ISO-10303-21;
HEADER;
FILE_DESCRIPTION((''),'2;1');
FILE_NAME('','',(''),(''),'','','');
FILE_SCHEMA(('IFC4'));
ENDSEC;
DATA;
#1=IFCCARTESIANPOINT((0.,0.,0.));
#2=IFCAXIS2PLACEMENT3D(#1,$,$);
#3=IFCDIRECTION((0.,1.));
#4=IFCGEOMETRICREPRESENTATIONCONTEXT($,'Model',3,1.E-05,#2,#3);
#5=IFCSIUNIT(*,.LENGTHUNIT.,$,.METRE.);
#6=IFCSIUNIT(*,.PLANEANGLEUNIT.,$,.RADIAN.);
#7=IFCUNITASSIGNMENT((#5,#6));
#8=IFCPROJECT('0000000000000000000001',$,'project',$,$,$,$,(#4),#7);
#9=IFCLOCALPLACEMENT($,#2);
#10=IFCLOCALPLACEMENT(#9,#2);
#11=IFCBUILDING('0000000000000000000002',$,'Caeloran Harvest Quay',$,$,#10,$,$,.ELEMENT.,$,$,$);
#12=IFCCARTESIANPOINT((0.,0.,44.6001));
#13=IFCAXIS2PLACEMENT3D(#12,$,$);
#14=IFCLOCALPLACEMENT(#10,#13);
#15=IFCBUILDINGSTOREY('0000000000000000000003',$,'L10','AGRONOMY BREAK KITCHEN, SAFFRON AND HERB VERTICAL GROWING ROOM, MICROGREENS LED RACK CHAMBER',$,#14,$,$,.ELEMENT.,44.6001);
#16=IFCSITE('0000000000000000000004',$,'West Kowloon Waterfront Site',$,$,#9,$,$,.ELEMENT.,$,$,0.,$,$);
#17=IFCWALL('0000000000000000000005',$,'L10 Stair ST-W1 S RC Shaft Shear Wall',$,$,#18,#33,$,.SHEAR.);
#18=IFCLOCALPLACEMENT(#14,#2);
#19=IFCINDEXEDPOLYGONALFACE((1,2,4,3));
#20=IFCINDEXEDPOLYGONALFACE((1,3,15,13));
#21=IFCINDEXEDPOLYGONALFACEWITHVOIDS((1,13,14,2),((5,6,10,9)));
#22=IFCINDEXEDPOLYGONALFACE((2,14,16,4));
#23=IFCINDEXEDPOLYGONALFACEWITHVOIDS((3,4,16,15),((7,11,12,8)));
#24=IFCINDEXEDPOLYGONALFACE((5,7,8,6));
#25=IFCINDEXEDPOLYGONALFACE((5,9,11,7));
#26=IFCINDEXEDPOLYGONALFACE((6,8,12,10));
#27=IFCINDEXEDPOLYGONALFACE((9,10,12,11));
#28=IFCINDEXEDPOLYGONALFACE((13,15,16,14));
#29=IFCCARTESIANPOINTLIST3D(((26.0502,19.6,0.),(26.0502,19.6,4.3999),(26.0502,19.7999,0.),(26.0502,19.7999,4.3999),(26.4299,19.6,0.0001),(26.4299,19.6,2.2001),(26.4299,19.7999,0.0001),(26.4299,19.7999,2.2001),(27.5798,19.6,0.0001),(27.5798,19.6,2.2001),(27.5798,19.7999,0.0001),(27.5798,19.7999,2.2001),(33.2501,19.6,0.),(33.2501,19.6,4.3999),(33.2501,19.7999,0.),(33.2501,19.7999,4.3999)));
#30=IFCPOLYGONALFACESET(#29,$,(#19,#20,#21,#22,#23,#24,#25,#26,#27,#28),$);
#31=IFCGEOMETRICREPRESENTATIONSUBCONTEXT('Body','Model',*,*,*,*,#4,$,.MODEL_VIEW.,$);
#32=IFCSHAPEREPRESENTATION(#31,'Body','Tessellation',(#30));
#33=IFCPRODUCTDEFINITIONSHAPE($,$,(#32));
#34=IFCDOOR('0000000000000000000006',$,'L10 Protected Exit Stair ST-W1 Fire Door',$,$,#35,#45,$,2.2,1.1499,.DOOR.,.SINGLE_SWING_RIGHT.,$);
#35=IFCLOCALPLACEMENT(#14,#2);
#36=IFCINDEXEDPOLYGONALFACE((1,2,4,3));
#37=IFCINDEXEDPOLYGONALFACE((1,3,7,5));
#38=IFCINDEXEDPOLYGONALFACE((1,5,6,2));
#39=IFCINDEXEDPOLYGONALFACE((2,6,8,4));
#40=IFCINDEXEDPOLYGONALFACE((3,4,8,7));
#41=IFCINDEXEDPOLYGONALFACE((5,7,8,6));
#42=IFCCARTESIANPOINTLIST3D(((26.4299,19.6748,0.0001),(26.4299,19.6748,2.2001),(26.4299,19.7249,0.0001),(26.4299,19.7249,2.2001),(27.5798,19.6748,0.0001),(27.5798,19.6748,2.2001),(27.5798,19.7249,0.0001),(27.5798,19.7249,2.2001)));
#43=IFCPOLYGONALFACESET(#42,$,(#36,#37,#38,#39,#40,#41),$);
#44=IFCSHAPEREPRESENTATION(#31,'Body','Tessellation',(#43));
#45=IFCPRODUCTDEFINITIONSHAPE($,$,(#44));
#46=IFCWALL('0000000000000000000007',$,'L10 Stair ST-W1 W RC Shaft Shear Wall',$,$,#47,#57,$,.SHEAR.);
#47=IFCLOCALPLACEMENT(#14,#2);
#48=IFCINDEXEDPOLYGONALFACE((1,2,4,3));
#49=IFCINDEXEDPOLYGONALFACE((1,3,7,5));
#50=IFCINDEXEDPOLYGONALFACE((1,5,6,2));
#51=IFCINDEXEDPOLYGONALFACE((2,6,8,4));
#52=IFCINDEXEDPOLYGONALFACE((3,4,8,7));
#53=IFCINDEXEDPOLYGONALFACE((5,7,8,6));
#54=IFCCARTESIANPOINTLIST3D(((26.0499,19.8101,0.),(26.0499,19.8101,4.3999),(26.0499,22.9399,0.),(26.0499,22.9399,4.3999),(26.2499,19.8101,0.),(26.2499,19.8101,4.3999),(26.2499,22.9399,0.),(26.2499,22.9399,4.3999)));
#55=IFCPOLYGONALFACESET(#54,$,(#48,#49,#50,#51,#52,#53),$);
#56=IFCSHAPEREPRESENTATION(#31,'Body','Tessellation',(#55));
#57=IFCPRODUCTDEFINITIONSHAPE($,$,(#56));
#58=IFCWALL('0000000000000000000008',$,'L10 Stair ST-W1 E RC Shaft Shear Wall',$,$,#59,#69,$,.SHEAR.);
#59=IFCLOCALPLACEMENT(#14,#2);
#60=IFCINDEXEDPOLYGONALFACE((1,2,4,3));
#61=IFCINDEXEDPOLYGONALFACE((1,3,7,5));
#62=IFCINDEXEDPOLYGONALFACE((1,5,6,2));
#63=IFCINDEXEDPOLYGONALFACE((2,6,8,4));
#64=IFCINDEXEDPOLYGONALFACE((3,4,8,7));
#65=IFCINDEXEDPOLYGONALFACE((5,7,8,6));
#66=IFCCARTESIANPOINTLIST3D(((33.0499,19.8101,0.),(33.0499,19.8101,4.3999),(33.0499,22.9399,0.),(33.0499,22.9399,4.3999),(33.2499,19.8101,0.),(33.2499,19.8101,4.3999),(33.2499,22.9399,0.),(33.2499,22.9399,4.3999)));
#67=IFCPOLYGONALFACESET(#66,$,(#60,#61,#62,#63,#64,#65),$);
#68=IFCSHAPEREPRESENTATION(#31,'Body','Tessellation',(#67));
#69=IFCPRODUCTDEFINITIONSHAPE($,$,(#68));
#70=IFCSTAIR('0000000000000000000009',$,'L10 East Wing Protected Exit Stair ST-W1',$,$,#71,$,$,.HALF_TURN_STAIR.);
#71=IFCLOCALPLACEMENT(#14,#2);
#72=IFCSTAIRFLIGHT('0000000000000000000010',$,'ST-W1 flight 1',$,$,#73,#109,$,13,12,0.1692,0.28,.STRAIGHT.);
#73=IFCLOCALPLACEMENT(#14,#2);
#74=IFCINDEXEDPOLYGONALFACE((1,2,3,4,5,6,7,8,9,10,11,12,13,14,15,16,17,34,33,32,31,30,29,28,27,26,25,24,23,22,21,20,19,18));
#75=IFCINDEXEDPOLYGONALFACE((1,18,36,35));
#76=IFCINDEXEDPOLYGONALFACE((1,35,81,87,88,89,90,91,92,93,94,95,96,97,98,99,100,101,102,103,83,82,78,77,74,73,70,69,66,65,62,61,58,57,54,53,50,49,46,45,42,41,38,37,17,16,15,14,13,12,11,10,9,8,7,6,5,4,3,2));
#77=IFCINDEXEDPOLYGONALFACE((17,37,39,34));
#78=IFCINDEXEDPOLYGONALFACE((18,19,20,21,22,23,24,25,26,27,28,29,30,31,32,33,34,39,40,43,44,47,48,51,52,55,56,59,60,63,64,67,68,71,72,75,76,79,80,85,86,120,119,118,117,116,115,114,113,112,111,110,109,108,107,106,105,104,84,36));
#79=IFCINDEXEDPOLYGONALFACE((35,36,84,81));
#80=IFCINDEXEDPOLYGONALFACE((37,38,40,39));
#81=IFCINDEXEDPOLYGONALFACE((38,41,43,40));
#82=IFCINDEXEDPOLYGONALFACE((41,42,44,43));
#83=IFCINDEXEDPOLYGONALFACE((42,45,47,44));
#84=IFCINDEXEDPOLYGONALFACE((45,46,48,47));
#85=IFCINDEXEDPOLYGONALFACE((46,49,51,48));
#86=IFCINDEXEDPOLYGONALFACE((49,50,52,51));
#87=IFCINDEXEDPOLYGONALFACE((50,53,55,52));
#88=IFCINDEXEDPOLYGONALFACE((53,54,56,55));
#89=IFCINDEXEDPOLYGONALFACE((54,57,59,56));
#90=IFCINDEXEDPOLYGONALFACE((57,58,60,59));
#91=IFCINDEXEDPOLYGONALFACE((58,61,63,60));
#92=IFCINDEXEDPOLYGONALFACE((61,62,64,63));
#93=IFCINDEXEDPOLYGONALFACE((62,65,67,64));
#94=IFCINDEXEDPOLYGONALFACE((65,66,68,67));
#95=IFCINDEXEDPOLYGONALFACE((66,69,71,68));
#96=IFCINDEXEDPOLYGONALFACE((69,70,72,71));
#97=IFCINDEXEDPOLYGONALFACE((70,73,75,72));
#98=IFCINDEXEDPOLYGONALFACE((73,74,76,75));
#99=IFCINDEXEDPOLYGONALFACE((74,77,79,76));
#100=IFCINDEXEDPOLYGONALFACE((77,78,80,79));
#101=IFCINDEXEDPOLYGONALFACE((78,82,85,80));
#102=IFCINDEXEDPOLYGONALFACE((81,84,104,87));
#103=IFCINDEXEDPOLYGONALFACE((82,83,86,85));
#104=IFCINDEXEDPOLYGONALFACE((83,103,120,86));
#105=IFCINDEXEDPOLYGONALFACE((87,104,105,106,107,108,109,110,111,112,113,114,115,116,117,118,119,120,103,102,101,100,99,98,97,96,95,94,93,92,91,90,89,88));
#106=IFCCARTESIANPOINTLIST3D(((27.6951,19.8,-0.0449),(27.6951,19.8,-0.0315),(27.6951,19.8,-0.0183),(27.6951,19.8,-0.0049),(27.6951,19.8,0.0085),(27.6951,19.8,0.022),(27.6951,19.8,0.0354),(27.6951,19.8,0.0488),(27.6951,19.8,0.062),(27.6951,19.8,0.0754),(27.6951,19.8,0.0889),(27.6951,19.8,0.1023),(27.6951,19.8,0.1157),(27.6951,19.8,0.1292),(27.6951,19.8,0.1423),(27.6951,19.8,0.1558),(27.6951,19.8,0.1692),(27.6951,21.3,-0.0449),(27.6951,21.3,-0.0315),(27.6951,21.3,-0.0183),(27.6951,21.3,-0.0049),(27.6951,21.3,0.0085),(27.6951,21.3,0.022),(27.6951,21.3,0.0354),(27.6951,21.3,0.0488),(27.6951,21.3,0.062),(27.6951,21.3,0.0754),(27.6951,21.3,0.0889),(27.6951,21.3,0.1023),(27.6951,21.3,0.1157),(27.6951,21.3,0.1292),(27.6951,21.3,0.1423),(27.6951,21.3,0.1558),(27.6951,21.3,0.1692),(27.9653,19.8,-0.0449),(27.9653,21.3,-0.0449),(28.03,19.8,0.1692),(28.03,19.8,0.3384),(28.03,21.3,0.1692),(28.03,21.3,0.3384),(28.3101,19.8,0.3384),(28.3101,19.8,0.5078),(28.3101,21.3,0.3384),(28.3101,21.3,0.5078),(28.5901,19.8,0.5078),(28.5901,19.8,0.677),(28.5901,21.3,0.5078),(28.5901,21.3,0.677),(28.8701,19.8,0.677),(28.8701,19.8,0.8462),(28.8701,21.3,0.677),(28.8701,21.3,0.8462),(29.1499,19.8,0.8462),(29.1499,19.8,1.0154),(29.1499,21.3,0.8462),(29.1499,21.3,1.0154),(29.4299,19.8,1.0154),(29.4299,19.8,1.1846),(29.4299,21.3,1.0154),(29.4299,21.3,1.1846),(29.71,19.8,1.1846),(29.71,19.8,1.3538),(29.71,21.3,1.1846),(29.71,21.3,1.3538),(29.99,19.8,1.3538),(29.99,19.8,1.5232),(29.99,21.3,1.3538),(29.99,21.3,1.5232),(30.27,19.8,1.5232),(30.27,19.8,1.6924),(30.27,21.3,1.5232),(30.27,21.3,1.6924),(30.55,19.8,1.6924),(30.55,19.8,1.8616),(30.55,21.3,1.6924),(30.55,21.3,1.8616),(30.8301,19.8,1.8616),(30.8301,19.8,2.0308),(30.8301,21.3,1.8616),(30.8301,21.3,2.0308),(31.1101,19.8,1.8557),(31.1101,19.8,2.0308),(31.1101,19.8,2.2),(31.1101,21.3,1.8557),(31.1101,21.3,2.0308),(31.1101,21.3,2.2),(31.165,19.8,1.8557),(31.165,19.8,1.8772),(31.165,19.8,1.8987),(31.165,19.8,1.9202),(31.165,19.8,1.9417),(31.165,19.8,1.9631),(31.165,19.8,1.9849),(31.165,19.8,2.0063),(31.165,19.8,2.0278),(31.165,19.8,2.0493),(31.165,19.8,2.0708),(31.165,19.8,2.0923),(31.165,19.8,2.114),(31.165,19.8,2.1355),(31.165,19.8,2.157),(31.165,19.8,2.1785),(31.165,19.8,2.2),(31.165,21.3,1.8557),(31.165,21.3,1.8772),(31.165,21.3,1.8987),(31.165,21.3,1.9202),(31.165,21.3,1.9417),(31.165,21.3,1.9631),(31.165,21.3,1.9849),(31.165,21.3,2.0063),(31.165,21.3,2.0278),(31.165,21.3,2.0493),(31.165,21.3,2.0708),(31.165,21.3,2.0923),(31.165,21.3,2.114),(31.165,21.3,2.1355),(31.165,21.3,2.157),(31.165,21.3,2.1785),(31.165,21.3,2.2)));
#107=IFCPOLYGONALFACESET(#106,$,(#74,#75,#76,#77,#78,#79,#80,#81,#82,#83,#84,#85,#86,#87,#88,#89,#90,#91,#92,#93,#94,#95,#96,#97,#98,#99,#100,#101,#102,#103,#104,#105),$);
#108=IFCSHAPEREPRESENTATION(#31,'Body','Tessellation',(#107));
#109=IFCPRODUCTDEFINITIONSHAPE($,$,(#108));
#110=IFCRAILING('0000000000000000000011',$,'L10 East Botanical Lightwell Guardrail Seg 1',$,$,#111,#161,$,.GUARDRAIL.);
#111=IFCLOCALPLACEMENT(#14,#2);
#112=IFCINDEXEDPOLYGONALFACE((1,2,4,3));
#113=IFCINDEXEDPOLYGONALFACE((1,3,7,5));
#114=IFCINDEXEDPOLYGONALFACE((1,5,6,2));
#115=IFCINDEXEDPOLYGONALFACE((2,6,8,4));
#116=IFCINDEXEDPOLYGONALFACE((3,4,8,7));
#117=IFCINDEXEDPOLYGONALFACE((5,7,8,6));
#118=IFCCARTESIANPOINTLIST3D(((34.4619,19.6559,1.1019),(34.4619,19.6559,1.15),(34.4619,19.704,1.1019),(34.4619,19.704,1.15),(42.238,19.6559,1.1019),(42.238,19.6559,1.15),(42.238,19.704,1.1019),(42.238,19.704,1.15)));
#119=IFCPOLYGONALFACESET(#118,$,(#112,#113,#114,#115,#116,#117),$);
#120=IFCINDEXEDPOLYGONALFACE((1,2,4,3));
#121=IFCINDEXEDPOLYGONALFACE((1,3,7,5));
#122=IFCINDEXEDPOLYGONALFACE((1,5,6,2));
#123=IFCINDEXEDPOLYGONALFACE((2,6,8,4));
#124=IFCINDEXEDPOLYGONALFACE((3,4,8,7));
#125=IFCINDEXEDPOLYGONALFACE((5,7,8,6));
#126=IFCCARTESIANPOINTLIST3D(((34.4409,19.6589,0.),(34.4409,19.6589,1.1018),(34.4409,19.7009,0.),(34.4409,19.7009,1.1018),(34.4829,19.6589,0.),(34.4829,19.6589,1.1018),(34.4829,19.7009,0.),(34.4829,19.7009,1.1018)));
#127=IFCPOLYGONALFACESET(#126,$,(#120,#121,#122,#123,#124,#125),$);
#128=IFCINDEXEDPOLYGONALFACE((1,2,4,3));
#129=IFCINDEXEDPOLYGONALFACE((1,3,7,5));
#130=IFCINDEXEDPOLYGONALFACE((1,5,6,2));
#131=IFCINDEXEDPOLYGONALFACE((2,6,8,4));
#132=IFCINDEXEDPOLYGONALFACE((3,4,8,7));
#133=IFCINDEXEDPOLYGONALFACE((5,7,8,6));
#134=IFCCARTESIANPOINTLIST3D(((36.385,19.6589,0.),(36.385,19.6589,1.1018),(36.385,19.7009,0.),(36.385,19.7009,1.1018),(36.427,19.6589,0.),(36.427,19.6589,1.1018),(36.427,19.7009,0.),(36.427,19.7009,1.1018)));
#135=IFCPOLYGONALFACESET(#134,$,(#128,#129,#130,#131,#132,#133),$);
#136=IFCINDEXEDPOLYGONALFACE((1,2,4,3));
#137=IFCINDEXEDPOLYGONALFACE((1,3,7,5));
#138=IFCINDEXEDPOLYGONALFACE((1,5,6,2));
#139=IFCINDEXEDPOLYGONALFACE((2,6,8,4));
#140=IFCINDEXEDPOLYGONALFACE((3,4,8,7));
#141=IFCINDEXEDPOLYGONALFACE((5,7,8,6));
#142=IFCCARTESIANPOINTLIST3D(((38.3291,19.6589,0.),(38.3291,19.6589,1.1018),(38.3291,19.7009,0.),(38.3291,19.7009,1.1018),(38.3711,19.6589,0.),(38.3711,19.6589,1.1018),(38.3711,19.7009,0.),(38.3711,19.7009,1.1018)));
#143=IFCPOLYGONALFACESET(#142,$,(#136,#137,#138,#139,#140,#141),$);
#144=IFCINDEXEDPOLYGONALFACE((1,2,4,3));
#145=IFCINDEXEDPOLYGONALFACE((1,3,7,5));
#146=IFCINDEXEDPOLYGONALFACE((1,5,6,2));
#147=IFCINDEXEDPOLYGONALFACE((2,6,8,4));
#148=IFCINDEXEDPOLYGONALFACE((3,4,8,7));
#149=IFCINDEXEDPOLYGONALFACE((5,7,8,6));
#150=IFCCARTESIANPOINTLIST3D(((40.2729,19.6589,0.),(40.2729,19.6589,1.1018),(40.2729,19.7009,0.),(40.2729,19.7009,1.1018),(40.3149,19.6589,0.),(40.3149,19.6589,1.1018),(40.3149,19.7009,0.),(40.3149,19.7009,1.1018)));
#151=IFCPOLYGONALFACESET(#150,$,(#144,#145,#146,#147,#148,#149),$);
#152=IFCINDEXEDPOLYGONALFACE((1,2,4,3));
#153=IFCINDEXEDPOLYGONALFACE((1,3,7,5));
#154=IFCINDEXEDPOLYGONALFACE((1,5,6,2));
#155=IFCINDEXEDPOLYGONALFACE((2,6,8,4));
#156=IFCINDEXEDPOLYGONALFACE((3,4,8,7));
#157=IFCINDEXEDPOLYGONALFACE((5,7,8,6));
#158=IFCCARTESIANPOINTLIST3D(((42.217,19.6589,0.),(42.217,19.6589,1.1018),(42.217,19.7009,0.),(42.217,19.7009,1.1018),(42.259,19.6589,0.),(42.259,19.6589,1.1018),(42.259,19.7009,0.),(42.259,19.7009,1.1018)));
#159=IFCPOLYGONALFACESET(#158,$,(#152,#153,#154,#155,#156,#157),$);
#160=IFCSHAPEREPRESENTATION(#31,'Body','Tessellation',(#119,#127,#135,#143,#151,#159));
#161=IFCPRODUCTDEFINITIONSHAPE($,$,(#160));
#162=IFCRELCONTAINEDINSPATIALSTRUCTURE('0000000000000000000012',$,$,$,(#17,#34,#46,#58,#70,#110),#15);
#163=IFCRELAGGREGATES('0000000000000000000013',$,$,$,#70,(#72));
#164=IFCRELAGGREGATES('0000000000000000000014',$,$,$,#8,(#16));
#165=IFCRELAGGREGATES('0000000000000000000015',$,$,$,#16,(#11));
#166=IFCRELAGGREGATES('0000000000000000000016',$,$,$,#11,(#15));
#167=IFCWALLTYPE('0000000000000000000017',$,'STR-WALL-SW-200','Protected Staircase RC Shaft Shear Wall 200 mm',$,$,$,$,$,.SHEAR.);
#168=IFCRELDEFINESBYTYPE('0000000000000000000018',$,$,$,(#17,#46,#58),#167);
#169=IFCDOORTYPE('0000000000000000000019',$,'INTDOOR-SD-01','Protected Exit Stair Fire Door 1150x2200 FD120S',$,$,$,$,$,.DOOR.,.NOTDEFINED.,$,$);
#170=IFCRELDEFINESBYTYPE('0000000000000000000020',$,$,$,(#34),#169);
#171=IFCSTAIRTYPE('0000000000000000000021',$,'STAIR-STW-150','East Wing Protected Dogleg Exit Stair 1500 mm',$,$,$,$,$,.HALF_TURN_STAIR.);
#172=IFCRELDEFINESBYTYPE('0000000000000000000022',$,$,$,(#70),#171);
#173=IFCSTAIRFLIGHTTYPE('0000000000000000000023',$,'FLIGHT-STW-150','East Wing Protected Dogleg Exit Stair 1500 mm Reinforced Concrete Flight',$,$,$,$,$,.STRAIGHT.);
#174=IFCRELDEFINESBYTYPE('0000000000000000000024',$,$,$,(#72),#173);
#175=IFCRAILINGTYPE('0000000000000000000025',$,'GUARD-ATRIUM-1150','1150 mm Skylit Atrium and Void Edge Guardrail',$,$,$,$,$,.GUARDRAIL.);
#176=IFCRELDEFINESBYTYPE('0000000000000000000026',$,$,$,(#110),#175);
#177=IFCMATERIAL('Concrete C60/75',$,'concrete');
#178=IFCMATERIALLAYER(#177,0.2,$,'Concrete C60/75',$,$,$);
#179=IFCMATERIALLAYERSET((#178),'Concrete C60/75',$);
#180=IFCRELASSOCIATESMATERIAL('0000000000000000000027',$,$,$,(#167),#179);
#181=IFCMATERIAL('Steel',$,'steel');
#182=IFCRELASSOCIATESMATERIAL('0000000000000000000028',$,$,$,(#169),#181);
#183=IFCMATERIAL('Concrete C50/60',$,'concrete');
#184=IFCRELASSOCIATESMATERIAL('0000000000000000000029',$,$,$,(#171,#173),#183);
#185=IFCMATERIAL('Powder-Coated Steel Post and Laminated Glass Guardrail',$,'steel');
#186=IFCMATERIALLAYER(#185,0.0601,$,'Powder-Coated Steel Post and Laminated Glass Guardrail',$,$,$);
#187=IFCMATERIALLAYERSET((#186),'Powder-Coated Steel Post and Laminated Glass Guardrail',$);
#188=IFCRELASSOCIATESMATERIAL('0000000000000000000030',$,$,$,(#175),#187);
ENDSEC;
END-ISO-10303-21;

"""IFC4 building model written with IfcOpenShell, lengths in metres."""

from ifc_helpers import new_model, si_unit, direction, frame, frame_2d, origin, origin_2d, place, context, subcontext, project, spatial, polyline, rectangle, outline, extrude, material, layer, layer_set, type_object, element, fill, aggregate, save


model = new_model("IFC4")

# Units and contexts
model_context = context("Model", 3, precision=1e-05, world=origin(), true_north=direction((0.0, 1.0)))
body_context = subcontext(model_context, "Body", "Model", "MODEL_VIEW")
ifc_project = project(units=[si_unit("LENGTHUNIT", "METRE"), si_unit("PLANEANGLEUNIT", "RADIAN")], contexts=[model_context])

# Site, building, storey
site_placement = place(None, origin())
site = spatial("IfcSite", under=ifc_project, at=site_placement, Name="West Kowloon Waterfront Site", CompositionType="ELEMENT", RefElevation=0.0)
building_placement = place(site_placement, origin())
building = spatial("IfcBuilding", under=site, at=building_placement, Name="Caeloran Harvest Quay", CompositionType="ELEMENT")
storey_placement = place(building_placement, frame((0.0, 0.0, 44.6001)))
storey = spatial("IfcBuildingStorey", under=building, at=storey_placement, Name="L10", Description="AGRONOMY BREAK KITCHEN, SAFFRON AND HERB VERTICAL GROWING ROOM, MICROGREENS LED RACK CHAMBER", CompositionType="ELEMENT", Elevation=44.6001)

# Wall, opening, door
ifc_material_1 = material(Name="Concrete C60/75", Category="concrete")
ifc_layer_1 = layer(ifc_material_1, 0.2, Name="Concrete C60/75")
ifc_layer_set_1 = layer_set([ifc_layer_1], Name="Concrete C60/75")
wall_type_1 = type_object("IfcWallType", Name="STR-WALL-SW-200", Description="Protected Staircase RC Shaft Shear Wall 200 mm", PredefinedType="SHEAR", material=ifc_layer_set_1)
wall_1_placement = place(storey_placement, frame((26.05, 19.7, 0.0), z_axis=(0.0, 0.0, 1.0), x_axis=(1.0, 0.0, 0.0)))
wall_1 = element("IfcWall", 1, at=wall_1_placement, inside=storey, type_object=wall_type_1, Name="L10 Stair ST-W1 S RC Shaft Shear Wall", PredefinedType="SHEAR", context=body_context, shape_type="SweptSolid", body=[
    extrude(rectangle(XDim=7.2, YDim=0.2, at=frame_2d((3.6001, 0.0))), origin(), (0.0, 0.0, 1.0), 4.3999),
])
opening_1_placement = place(wall_1_placement, frame((0.3799, 0.0, 0.0)))
opening_1 = element("IfcOpeningElement", 2, at=opening_1_placement, cuts=wall_1, PredefinedType="OPENING", context=body_context, shape_type="SweptSolid", body=[
    extrude(rectangle(XDim=1.1499, YDim=2.2, at=frame_2d((0.575, 1.1001))), frame((0.0, 0.1099, 0.0), z_axis=(0.0, -1.0, 0.0), x_axis=(1.0, 0.0, 0.0)), (0.0, 0.0, 1.0), 0.22),
])
ifc_material_2 = material(Name="Steel", Category="steel")
door_type_1 = type_object("IfcDoorType", Name="INTDOOR-SD-01", Description="Protected Exit Stair Fire Door 1150x2200 FD120S", OperationType="NOTDEFINED", PredefinedType="DOOR", material=ifc_material_2)
door_1_placement = place(opening_1_placement, origin())
door_1 = element("IfcDoor", 3, at=door_1_placement, inside=storey, type_object=door_type_1, Name="L10 Protected Exit Stair ST-W1 Fire Door", OperationType="SINGLE_SWING_RIGHT", OverallHeight=2.2, OverallWidth=1.1499, PredefinedType="DOOR", context=body_context, shape_type="SweptSolid", body=[
    extrude(rectangle(XDim=1.1499, YDim=2.2, at=frame_2d((0.575, 1.1001))), frame((0.0, 0.0249, 0.0), z_axis=(0.0, -1.0, 0.0), x_axis=(1.0, 0.0, 0.0)), (0.0, 0.0, 1.0), 0.05),
])
fill(opening_1, door_1)

# Walls
for number, where, z_axis, x_axis, name in (
    (4, (26.1499, 19.8101, 0.0), (0.0, 0.0, 1.0), (0.0, 1.0, 0.0), "L10 Stair ST-W1 W RC Shaft Shear Wall"),
    (5, (33.1499, 19.8101, 0.0), (0.0, 0.0, 1.0), (0.0, 1.0, 0.0), "L10 Stair ST-W1 E RC Shaft Shear Wall"),
):
    element("IfcWall", number, at=place(storey_placement, frame(where, z_axis=z_axis, x_axis=x_axis)), inside=storey, type_object=wall_type_1, Name=name, PredefinedType="SHEAR", context=body_context, shape_type="SweptSolid", body=[
        extrude(rectangle(XDim=3.1299, YDim=0.2, at=frame_2d((1.5649, 0.0))), origin(), (0.0, 0.0, 1.0), 4.3999),
    ])

# Stair, stair flight
ifc_material_3 = material(Name="Concrete C50/60", Category="concrete")
stair_type = type_object("IfcStairType", Name="STAIR-STW-150", Description="East Wing Protected Dogleg Exit Stair 1500 mm", PredefinedType="HALF_TURN_STAIR", material=ifc_material_3)
stair_placement = place(storey_placement, origin())
stair = element("IfcStair", 6, at=stair_placement, inside=storey, type_object=stair_type, Name="L10 East Wing Protected Exit Stair ST-W1", PredefinedType="HALF_TURN_STAIR")
stair_flight_type = type_object("IfcStairFlightType", Name="FLIGHT-STW-150", Description="East Wing Protected Dogleg Exit Stair 1500 mm Reinforced Concrete Flight", PredefinedType="STRAIGHT", material=ifc_material_3)
stair_flight_placement = place(storey_placement, frame((27.75, 20.55, 0.0), z_axis=(0.0, 0.0, 1.0), x_axis=(1.0, 0.0, 0.0)))
stair_flight = element("IfcStairFlight", 7, at=stair_flight_placement, type_object=stair_flight_type, Name="ST-W1 flight 1", NumberOfRisers=13, NumberOfTreads=12, PredefinedType="STRAIGHT", RiserHeight=0.1692, TreadLength=0.28, context=body_context, shape_type="SweptSolid", body=[
    extrude(outline(polyline([(-0.0549, -0.0449), (-0.0549, -0.0315), (-0.0549, -0.0183), (-0.0549, -0.0049), (-0.0549, 0.0085), (-0.0549, 0.022), (-0.0549, 0.0354), (-0.0549, 0.0488), (-0.0549, 0.062), (-0.0549, 0.0754), (-0.0549, 0.0889), (-0.0549, 0.1023), (-0.0549, 0.1157), (-0.0549, 0.1292), (-0.0549, 0.1423), (-0.0549, 0.1558), (-0.0549, 0.1692), (0.28, 0.1692), (0.28, 0.3384), (0.5601, 0.3384), (0.5601, 0.5078), (0.8401, 0.5078), (0.8401, 0.677), (1.1201, 0.677), (1.1201, 0.8462), (1.3999, 0.8462), (1.3999, 1.0154), (1.6799, 1.0154), (1.6799, 1.1846), (1.96, 1.1846), (1.96, 1.3538), (2.24, 1.3538), (2.24, 1.5232), (2.52, 1.5232), (2.52, 1.6924), (2.8, 1.6924), (2.8, 1.8616), (3.0801, 1.8616), (3.0801, 2.0308), (3.3601, 2.0308), (3.3601, 2.2), (3.415, 2.2), (3.415, 2.1785), (3.415, 2.157), (3.415, 2.1355), (3.415, 2.114), (3.415, 2.0923), (3.415, 2.0708), (3.415, 2.0493), (3.415, 2.0278), (3.415, 2.0063), (3.415, 1.9849), (3.415, 1.9631), (3.415, 1.9417), (3.415, 1.9202), (3.415, 1.8987), (3.415, 1.8772), (3.415, 1.8557), (3.3601, 1.8557), (0.2153, -0.0449), (-0.0549, -0.0449)])), frame((0.0, 0.75, 0.0), z_axis=(0.0, -1.0, 0.0), x_axis=(1.0, 0.0, 0.0)), (0.0, 0.0, 1.0), 1.5),
])
aggregate(stair, [stair_flight])

# Railing
ifc_material_4 = material(Name="Powder-Coated Steel Post and Laminated Glass Guardrail", Category="steel")
ifc_layer_2 = layer(ifc_material_4, 0.0601, Name="Powder-Coated Steel Post and Laminated Glass Guardrail")
ifc_layer_set_2 = layer_set([ifc_layer_2], Name="Powder-Coated Steel Post and Laminated Glass Guardrail")
railing_type_1 = type_object("IfcRailingType", Name="GUARD-ATRIUM-1150", Description="1150 mm Skylit Atrium and Void Edge Guardrail", PredefinedType="GUARDRAIL", material=ifc_layer_set_2)
railing_1_placement = place(storey_placement, frame((34.4619, 19.6799, 0.0)))
element("IfcRailing", 8, at=railing_1_placement, inside=storey, type_object=railing_type_1, Name="L10 East Botanical Lightwell Guardrail Seg 1", PredefinedType="GUARDRAIL", context=body_context, shape_type="SweptSolid", body=[
    extrude(rectangle(XDim=0.0481, YDim=0.0481, at=origin_2d()), frame((0.0, 0.0, 1.126), z_axis=(1.0, 0.0, 0.0), x_axis=(0.0, 1.0, 0.0)), (0.0, 0.0, 1.0), 7.7761),
    extrude(rectangle(XDim=0.042, YDim=0.042, at=origin_2d()), origin(), (0.0, 0.0, 1.0), 1.1018),
    extrude(rectangle(XDim=0.042, YDim=0.042, at=origin_2d()), frame((1.9441, 0.0, 0.0)), (0.0, 0.0, 1.0), 1.1018),
    extrude(rectangle(XDim=0.042, YDim=0.042, at=origin_2d()), frame((3.8882, 0.0, 0.0)), (0.0, 0.0, 1.0), 1.1018),
    extrude(rectangle(XDim=0.042, YDim=0.042, at=origin_2d()), frame((5.832, 0.0, 0.0)), (0.0, 0.0, 1.0), 1.1018),
    extrude(rectangle(XDim=0.042, YDim=0.042, at=origin_2d()), frame((7.7761, 0.0, 0.0)), (0.0, 0.0, 1.0), 1.1018),
])

save(model, "model.ifc")
